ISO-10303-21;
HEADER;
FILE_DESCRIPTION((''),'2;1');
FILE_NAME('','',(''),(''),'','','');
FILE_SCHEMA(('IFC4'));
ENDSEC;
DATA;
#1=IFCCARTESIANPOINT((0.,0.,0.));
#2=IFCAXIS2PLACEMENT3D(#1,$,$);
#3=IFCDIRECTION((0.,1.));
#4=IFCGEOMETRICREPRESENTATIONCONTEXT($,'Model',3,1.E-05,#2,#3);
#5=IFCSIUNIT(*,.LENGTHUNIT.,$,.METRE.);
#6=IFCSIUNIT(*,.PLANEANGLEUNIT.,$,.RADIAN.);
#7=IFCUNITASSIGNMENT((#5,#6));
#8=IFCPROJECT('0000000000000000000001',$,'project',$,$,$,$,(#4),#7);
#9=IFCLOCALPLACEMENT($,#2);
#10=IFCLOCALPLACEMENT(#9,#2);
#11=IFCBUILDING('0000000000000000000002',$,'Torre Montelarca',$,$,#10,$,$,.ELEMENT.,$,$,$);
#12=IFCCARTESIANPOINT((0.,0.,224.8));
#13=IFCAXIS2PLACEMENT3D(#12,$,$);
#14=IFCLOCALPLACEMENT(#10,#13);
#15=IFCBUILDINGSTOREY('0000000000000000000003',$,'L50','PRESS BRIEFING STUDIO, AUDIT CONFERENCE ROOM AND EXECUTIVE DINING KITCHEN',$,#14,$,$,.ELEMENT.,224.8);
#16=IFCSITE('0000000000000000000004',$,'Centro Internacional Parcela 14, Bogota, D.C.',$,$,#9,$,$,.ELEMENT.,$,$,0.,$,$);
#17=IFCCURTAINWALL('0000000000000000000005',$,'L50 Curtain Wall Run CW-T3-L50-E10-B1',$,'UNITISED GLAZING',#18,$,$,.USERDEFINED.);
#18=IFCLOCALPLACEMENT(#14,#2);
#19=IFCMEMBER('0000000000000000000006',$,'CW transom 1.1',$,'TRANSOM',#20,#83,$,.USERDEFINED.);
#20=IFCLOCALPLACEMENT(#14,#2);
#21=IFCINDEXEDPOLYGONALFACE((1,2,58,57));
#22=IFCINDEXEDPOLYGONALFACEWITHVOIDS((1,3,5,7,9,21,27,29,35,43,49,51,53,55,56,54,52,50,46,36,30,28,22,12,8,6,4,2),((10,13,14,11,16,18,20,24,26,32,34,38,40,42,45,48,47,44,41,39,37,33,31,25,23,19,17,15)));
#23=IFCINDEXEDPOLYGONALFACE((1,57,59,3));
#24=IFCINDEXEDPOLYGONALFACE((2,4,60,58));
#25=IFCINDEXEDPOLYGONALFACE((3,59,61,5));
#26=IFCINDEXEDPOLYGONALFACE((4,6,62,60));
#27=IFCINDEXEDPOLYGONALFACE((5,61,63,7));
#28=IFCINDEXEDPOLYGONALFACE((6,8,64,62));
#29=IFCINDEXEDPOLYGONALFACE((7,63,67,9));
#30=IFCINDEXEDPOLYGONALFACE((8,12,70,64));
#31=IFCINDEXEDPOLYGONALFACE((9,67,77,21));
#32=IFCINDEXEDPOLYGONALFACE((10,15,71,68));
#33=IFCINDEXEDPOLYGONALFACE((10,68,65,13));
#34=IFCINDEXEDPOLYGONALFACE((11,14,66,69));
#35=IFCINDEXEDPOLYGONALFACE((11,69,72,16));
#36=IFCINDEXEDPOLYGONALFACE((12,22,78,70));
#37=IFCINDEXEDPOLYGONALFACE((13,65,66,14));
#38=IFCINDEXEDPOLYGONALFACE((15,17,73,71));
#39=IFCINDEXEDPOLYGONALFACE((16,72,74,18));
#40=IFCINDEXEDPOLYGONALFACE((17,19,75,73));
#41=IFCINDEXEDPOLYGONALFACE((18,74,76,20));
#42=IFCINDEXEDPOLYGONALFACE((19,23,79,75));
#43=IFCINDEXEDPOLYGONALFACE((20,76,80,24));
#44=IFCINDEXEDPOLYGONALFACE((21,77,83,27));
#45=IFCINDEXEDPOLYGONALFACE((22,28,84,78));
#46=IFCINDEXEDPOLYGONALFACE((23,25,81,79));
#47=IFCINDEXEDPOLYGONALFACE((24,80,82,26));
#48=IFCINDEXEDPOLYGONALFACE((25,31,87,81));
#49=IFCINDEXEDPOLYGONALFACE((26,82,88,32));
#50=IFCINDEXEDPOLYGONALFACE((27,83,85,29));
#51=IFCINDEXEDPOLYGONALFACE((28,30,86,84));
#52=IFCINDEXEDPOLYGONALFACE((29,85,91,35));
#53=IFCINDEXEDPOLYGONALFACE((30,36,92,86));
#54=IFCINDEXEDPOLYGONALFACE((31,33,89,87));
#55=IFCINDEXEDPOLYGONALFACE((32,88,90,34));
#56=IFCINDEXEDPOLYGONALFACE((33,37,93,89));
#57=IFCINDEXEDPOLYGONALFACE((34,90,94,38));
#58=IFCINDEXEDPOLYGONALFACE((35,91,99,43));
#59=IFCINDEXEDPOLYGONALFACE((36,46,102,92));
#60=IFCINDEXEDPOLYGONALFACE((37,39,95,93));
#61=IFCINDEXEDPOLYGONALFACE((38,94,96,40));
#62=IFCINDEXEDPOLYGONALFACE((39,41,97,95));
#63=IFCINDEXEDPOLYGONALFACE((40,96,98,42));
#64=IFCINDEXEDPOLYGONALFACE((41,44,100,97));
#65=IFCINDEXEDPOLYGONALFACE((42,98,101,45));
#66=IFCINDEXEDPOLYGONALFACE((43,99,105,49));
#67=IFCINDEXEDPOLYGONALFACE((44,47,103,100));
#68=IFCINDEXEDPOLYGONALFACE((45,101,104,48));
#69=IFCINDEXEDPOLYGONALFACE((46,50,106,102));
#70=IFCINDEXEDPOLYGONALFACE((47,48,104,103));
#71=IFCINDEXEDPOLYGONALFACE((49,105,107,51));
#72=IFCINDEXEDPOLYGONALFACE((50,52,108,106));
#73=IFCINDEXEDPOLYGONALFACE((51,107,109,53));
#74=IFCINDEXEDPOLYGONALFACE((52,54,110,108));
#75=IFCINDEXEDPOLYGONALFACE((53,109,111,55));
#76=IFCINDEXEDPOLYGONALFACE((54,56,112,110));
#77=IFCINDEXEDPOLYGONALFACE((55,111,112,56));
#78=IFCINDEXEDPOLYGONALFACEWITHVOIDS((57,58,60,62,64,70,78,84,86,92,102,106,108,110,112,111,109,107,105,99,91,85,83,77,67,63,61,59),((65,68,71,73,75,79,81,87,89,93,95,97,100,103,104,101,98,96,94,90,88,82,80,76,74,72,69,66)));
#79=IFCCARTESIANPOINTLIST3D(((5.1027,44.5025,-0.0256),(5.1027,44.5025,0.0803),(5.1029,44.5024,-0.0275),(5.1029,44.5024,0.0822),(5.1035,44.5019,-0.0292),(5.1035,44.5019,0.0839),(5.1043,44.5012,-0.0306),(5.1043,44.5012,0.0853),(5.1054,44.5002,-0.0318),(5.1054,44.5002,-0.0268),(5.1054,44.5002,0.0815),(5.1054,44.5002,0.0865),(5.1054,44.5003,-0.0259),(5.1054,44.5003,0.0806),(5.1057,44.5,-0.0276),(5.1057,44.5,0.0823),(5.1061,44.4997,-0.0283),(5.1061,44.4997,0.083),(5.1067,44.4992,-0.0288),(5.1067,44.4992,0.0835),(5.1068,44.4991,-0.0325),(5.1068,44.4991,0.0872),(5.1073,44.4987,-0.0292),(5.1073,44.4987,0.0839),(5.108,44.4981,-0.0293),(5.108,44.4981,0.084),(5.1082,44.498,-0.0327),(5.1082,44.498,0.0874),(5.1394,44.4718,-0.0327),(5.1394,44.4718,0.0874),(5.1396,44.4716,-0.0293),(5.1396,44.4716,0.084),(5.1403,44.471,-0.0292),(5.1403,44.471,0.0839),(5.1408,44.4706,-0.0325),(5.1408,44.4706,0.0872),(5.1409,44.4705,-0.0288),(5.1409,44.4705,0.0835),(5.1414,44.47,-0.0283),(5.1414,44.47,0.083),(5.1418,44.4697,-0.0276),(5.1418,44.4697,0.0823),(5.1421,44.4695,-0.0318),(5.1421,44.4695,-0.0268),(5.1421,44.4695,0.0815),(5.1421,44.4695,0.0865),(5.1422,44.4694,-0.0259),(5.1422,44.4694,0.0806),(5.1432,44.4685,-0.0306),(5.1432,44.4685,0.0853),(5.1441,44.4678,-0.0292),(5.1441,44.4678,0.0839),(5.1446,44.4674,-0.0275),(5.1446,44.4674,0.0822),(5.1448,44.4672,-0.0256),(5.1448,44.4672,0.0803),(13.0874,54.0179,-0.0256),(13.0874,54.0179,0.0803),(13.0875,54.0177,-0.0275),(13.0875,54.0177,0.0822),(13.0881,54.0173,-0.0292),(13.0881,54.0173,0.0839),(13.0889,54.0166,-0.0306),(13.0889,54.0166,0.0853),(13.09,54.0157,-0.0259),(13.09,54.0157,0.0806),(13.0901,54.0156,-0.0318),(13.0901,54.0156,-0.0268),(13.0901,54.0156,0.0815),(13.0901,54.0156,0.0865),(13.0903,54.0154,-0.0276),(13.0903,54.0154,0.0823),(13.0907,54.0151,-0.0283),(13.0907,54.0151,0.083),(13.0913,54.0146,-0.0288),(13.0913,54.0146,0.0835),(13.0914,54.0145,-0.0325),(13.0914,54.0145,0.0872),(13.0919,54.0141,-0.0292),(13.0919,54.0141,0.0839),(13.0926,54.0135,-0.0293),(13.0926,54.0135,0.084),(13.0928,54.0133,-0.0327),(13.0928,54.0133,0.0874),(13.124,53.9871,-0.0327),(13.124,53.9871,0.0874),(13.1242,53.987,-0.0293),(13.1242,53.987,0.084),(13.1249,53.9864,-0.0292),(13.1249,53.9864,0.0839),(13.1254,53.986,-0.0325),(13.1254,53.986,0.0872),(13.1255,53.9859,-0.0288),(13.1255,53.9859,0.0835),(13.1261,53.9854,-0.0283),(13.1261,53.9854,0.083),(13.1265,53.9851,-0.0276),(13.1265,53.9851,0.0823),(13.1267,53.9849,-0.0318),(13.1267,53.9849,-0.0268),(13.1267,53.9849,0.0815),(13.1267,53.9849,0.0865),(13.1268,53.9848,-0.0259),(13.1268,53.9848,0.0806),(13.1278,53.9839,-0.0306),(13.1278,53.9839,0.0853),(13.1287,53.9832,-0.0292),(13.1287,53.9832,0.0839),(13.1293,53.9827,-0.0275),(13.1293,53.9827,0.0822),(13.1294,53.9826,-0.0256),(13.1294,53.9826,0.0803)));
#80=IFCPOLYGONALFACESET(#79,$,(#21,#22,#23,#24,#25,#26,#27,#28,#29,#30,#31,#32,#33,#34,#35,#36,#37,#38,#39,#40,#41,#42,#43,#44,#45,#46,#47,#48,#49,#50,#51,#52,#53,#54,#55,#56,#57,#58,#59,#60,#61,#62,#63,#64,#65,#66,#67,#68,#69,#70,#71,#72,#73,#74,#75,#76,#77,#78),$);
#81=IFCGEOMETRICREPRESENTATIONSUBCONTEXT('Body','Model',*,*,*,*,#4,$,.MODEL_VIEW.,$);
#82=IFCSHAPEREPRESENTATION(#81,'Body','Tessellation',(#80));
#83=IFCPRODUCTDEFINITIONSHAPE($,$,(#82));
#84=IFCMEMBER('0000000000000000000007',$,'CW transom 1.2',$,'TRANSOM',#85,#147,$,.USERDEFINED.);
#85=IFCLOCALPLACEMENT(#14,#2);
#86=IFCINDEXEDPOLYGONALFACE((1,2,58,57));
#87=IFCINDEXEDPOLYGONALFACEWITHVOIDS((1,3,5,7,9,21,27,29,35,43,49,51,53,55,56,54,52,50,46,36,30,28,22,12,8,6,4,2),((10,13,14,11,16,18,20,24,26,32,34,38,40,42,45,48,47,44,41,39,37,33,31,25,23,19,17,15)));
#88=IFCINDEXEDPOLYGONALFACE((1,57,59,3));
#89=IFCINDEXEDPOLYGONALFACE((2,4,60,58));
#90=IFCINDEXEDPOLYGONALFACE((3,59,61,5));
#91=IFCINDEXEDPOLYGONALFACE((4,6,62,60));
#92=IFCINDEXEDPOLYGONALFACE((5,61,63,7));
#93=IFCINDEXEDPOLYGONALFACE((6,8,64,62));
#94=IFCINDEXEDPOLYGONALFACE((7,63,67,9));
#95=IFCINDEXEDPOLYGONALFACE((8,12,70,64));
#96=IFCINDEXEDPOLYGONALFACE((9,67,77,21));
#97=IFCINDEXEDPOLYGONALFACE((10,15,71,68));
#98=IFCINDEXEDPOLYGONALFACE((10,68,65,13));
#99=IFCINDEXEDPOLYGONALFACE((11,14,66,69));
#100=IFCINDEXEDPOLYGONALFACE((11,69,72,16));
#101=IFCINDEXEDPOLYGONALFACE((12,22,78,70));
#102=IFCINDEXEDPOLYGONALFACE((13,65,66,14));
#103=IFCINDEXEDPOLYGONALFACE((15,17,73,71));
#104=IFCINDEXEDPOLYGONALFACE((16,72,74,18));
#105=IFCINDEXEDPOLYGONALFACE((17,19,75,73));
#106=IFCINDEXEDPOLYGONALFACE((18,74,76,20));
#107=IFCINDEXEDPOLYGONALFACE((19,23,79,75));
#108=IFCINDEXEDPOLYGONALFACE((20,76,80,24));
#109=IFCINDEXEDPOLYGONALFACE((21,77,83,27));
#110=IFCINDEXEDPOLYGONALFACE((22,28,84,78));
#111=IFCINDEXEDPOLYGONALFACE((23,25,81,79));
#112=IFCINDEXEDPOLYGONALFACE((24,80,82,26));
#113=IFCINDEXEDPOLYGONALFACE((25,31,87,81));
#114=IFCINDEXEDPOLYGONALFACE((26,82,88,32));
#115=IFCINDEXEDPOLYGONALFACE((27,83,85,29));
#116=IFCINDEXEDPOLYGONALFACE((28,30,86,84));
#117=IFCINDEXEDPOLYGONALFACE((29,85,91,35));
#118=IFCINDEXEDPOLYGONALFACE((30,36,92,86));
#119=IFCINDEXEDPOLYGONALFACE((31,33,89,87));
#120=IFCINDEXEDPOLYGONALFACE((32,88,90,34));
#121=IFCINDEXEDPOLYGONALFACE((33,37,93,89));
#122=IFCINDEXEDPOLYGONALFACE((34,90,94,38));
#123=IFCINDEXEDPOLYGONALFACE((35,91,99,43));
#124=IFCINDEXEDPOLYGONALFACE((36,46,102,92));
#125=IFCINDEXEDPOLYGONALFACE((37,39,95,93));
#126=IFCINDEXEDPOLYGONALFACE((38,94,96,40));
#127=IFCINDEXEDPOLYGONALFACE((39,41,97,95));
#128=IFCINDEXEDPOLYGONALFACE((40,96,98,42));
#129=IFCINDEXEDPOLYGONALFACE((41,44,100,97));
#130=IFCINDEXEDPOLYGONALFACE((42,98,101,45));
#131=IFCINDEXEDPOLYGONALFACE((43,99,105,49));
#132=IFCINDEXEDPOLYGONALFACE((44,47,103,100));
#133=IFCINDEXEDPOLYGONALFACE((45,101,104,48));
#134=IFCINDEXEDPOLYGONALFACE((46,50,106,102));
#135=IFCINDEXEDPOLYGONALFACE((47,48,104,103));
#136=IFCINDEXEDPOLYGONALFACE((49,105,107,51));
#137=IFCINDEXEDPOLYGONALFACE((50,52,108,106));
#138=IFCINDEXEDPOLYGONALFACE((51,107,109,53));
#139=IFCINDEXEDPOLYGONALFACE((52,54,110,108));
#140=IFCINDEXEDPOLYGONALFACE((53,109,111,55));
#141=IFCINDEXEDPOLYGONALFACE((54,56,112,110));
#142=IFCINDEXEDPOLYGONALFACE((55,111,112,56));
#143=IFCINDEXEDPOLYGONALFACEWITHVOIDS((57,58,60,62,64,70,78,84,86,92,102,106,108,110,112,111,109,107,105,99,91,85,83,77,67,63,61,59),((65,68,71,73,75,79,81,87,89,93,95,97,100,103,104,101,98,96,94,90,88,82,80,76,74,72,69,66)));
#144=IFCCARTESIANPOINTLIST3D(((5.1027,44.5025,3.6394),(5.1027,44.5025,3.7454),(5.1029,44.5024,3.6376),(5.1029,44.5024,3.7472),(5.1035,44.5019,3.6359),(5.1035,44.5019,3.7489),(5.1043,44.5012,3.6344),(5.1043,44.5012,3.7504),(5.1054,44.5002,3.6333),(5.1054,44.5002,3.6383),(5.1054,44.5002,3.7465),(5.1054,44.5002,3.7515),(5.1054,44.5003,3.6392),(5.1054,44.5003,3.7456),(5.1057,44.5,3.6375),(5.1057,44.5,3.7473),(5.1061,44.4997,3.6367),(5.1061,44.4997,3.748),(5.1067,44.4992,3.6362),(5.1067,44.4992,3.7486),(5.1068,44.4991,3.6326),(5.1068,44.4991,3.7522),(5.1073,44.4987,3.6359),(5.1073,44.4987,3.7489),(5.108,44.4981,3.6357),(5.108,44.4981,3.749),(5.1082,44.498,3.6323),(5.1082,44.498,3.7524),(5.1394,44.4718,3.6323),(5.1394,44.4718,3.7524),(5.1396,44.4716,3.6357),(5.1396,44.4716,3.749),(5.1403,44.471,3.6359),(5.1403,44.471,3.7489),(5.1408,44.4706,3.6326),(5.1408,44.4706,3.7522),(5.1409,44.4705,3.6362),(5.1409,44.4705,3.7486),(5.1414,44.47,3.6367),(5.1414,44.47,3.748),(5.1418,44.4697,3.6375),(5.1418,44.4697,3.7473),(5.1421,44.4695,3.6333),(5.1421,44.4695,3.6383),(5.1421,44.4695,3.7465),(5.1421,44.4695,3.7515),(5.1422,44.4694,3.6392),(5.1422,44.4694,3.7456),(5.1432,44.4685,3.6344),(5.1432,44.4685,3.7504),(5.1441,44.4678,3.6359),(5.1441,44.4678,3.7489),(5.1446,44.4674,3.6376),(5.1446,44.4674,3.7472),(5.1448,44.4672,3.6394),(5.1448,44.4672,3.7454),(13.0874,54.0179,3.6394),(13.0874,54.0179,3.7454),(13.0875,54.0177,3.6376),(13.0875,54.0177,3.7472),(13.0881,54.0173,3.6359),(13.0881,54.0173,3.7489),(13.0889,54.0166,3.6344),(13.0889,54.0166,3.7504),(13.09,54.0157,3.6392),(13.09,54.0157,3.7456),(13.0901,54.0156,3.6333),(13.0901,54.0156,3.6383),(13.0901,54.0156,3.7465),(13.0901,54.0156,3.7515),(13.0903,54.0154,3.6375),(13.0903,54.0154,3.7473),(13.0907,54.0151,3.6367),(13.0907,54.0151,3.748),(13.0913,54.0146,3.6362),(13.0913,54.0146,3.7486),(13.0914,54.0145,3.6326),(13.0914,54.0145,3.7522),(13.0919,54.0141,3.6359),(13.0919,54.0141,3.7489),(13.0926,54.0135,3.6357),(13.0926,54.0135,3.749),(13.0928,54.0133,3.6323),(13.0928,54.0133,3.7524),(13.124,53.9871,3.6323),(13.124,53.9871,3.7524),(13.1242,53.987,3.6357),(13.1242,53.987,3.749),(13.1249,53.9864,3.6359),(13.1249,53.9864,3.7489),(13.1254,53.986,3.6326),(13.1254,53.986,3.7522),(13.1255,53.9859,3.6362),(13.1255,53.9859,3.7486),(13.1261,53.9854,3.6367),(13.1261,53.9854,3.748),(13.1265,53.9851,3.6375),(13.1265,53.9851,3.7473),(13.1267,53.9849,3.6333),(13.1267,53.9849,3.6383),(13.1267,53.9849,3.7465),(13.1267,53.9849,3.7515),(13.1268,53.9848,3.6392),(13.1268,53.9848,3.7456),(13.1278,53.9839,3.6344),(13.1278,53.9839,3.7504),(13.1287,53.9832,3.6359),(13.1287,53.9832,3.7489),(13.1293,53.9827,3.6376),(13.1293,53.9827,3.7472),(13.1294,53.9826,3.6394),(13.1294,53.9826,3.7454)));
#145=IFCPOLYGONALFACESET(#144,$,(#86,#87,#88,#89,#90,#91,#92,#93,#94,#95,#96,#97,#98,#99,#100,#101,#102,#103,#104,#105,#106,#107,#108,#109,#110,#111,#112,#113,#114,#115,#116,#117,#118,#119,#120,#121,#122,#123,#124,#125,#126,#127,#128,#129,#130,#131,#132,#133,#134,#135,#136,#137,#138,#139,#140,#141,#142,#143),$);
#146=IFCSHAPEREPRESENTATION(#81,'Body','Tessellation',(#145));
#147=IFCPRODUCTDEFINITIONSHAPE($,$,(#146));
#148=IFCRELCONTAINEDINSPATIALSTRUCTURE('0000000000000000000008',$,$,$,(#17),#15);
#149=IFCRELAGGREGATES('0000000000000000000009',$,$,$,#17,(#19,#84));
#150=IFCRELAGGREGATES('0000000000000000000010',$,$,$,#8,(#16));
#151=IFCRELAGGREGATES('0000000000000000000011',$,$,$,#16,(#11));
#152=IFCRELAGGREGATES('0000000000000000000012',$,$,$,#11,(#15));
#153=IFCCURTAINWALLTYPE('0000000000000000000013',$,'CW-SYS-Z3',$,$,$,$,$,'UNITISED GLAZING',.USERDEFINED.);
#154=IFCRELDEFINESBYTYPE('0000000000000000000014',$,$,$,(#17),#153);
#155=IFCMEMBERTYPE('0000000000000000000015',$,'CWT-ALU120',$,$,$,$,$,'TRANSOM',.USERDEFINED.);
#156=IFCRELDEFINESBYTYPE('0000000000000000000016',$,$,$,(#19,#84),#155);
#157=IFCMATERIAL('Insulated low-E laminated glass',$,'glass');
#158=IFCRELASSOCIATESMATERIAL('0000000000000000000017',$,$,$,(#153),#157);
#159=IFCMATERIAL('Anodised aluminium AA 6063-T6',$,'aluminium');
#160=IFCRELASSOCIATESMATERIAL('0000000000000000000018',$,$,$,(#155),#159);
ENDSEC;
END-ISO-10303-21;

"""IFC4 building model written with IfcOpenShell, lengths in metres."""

from ifc_helpers import new_model, si_unit, direction, frame, origin, origin_2d, place, context, subcontext, project, spatial, hollow_rectangle, extrude, source, transform, mapped, material, material_profile, profile_set, type_object, element, aggregate, save


model = new_model("IFC4")

# Units and contexts
model_context = context("Model", 3, precision=1e-05, world=origin(), true_north=direction((0.0, 1.0)))
body_context = subcontext(model_context, "Body", "Model", "MODEL_VIEW")
ifc_project = project(units=[si_unit("LENGTHUNIT", "METRE"), si_unit("PLANEANGLEUNIT", "RADIAN")], contexts=[model_context])

# Site, building, storey
site_placement = place(None, origin())
site = spatial("IfcSite", under=ifc_project, at=site_placement, Name="Centro Internacional Parcela 14, Bogota, D.C.", CompositionType="ELEMENT", RefElevation=0.0)
building_placement = place(site_placement, origin())
building = spatial("IfcBuilding", under=site, at=building_placement, Name="Torre Montelarca", CompositionType="ELEMENT")
storey_placement = place(building_placement, frame((0.0, 0.0, 224.8)))
storey = spatial("IfcBuildingStorey", under=building, at=storey_placement, Name="L50", Description="PRESS BRIEFING STUDIO, AUDIT CONFERENCE ROOM AND EXECUTIVE DINING KITCHEN", CompositionType="ELEMENT", Elevation=224.8)

# Curtain wall, members
ifc_material_1 = material(Name="Insulated low-E laminated glass", Category="glass")
curtain_wall_type = type_object("IfcCurtainWallType", Name="CW-SYS-Z3", ElementType="UNITISED GLAZING", PredefinedType="USERDEFINED", material=ifc_material_1)
ifc_material_2 = material(Name="Anodised aluminium AA 6063-T6", Category="aluminium")
ifc_material_profile_1 = material_profile(ifc_material_2, hollow_rectangle(XDim=0.0549, YDim=0.1201, WallThickness=0.0034, InnerFilletRadius=0.0034, OuterFilletRadius=0.0071, at=origin_2d()), Name="ALU55X120X3.5", Category="aluminium")
ifc_profile_set_1 = profile_set([ifc_material_profile_1], Name="Anodised aluminium AA 6063-T6")
member_type_1 = type_object("IfcMemberType", Name="CWT-ALU120", ElementType="TRANSOM", PredefinedType="USERDEFINED", material=ifc_profile_set_1)
curtain_wall_1_placement = place(storey_placement, origin())
curtain_wall_1 = element("IfcCurtainWall", 1, at=curtain_wall_1_placement, inside=storey, type_object=curtain_wall_type, Name="L50 Curtain Wall Run CW-T3-L50-E10-B1", ObjectType="UNITISED GLAZING", PredefinedType="USERDEFINED")
shared_shape_1 = source(origin(), body_context, "Body", "SweptSolid", [
    extrude(hollow_rectangle(XDim=0.0549, YDim=0.1201, WallThickness=0.0034, InnerFilletRadius=0.0034, OuterFilletRadius=0.0071, at=origin_2d()), origin(), (0.0, 0.0, 1.0), 12.4216),
])
member_1_placement = place(storey_placement, frame((13.1084, 54.0002, 0.0273), z_axis=(-0.6428, -0.766034, 0.0), x_axis=(0.766034, -0.6428, 0.0)))
member_1 = element("IfcMember", 2, at=member_1_placement, type_object=member_type_1, Name="CW transom 1.1", ObjectType="TRANSOM", PredefinedType="USERDEFINED", context=body_context, shape_type="MappedRepresentation", body=[
    mapped(shared_shape_1, transform((0.0, 0.0, 0.0), scale=1.0)),
])
member_2_placement = place(storey_placement, frame((13.1084, 54.0002, 3.6924), z_axis=(-0.6428, -0.766034, 0.0), x_axis=(0.766034, -0.6428, 0.0)))
member_2 = element("IfcMember", 3, at=member_2_placement, type_object=member_type_1, Name="CW transom 1.2", ObjectType="TRANSOM", PredefinedType="USERDEFINED", context=body_context, shape_type="MappedRepresentation", body=[
    mapped(shared_shape_1, transform((0.0, 0.0, 0.0), scale=1.0)),
])

aggregate(curtain_wall_1, [member_1, member_2])

save(model, "model.ifc")
